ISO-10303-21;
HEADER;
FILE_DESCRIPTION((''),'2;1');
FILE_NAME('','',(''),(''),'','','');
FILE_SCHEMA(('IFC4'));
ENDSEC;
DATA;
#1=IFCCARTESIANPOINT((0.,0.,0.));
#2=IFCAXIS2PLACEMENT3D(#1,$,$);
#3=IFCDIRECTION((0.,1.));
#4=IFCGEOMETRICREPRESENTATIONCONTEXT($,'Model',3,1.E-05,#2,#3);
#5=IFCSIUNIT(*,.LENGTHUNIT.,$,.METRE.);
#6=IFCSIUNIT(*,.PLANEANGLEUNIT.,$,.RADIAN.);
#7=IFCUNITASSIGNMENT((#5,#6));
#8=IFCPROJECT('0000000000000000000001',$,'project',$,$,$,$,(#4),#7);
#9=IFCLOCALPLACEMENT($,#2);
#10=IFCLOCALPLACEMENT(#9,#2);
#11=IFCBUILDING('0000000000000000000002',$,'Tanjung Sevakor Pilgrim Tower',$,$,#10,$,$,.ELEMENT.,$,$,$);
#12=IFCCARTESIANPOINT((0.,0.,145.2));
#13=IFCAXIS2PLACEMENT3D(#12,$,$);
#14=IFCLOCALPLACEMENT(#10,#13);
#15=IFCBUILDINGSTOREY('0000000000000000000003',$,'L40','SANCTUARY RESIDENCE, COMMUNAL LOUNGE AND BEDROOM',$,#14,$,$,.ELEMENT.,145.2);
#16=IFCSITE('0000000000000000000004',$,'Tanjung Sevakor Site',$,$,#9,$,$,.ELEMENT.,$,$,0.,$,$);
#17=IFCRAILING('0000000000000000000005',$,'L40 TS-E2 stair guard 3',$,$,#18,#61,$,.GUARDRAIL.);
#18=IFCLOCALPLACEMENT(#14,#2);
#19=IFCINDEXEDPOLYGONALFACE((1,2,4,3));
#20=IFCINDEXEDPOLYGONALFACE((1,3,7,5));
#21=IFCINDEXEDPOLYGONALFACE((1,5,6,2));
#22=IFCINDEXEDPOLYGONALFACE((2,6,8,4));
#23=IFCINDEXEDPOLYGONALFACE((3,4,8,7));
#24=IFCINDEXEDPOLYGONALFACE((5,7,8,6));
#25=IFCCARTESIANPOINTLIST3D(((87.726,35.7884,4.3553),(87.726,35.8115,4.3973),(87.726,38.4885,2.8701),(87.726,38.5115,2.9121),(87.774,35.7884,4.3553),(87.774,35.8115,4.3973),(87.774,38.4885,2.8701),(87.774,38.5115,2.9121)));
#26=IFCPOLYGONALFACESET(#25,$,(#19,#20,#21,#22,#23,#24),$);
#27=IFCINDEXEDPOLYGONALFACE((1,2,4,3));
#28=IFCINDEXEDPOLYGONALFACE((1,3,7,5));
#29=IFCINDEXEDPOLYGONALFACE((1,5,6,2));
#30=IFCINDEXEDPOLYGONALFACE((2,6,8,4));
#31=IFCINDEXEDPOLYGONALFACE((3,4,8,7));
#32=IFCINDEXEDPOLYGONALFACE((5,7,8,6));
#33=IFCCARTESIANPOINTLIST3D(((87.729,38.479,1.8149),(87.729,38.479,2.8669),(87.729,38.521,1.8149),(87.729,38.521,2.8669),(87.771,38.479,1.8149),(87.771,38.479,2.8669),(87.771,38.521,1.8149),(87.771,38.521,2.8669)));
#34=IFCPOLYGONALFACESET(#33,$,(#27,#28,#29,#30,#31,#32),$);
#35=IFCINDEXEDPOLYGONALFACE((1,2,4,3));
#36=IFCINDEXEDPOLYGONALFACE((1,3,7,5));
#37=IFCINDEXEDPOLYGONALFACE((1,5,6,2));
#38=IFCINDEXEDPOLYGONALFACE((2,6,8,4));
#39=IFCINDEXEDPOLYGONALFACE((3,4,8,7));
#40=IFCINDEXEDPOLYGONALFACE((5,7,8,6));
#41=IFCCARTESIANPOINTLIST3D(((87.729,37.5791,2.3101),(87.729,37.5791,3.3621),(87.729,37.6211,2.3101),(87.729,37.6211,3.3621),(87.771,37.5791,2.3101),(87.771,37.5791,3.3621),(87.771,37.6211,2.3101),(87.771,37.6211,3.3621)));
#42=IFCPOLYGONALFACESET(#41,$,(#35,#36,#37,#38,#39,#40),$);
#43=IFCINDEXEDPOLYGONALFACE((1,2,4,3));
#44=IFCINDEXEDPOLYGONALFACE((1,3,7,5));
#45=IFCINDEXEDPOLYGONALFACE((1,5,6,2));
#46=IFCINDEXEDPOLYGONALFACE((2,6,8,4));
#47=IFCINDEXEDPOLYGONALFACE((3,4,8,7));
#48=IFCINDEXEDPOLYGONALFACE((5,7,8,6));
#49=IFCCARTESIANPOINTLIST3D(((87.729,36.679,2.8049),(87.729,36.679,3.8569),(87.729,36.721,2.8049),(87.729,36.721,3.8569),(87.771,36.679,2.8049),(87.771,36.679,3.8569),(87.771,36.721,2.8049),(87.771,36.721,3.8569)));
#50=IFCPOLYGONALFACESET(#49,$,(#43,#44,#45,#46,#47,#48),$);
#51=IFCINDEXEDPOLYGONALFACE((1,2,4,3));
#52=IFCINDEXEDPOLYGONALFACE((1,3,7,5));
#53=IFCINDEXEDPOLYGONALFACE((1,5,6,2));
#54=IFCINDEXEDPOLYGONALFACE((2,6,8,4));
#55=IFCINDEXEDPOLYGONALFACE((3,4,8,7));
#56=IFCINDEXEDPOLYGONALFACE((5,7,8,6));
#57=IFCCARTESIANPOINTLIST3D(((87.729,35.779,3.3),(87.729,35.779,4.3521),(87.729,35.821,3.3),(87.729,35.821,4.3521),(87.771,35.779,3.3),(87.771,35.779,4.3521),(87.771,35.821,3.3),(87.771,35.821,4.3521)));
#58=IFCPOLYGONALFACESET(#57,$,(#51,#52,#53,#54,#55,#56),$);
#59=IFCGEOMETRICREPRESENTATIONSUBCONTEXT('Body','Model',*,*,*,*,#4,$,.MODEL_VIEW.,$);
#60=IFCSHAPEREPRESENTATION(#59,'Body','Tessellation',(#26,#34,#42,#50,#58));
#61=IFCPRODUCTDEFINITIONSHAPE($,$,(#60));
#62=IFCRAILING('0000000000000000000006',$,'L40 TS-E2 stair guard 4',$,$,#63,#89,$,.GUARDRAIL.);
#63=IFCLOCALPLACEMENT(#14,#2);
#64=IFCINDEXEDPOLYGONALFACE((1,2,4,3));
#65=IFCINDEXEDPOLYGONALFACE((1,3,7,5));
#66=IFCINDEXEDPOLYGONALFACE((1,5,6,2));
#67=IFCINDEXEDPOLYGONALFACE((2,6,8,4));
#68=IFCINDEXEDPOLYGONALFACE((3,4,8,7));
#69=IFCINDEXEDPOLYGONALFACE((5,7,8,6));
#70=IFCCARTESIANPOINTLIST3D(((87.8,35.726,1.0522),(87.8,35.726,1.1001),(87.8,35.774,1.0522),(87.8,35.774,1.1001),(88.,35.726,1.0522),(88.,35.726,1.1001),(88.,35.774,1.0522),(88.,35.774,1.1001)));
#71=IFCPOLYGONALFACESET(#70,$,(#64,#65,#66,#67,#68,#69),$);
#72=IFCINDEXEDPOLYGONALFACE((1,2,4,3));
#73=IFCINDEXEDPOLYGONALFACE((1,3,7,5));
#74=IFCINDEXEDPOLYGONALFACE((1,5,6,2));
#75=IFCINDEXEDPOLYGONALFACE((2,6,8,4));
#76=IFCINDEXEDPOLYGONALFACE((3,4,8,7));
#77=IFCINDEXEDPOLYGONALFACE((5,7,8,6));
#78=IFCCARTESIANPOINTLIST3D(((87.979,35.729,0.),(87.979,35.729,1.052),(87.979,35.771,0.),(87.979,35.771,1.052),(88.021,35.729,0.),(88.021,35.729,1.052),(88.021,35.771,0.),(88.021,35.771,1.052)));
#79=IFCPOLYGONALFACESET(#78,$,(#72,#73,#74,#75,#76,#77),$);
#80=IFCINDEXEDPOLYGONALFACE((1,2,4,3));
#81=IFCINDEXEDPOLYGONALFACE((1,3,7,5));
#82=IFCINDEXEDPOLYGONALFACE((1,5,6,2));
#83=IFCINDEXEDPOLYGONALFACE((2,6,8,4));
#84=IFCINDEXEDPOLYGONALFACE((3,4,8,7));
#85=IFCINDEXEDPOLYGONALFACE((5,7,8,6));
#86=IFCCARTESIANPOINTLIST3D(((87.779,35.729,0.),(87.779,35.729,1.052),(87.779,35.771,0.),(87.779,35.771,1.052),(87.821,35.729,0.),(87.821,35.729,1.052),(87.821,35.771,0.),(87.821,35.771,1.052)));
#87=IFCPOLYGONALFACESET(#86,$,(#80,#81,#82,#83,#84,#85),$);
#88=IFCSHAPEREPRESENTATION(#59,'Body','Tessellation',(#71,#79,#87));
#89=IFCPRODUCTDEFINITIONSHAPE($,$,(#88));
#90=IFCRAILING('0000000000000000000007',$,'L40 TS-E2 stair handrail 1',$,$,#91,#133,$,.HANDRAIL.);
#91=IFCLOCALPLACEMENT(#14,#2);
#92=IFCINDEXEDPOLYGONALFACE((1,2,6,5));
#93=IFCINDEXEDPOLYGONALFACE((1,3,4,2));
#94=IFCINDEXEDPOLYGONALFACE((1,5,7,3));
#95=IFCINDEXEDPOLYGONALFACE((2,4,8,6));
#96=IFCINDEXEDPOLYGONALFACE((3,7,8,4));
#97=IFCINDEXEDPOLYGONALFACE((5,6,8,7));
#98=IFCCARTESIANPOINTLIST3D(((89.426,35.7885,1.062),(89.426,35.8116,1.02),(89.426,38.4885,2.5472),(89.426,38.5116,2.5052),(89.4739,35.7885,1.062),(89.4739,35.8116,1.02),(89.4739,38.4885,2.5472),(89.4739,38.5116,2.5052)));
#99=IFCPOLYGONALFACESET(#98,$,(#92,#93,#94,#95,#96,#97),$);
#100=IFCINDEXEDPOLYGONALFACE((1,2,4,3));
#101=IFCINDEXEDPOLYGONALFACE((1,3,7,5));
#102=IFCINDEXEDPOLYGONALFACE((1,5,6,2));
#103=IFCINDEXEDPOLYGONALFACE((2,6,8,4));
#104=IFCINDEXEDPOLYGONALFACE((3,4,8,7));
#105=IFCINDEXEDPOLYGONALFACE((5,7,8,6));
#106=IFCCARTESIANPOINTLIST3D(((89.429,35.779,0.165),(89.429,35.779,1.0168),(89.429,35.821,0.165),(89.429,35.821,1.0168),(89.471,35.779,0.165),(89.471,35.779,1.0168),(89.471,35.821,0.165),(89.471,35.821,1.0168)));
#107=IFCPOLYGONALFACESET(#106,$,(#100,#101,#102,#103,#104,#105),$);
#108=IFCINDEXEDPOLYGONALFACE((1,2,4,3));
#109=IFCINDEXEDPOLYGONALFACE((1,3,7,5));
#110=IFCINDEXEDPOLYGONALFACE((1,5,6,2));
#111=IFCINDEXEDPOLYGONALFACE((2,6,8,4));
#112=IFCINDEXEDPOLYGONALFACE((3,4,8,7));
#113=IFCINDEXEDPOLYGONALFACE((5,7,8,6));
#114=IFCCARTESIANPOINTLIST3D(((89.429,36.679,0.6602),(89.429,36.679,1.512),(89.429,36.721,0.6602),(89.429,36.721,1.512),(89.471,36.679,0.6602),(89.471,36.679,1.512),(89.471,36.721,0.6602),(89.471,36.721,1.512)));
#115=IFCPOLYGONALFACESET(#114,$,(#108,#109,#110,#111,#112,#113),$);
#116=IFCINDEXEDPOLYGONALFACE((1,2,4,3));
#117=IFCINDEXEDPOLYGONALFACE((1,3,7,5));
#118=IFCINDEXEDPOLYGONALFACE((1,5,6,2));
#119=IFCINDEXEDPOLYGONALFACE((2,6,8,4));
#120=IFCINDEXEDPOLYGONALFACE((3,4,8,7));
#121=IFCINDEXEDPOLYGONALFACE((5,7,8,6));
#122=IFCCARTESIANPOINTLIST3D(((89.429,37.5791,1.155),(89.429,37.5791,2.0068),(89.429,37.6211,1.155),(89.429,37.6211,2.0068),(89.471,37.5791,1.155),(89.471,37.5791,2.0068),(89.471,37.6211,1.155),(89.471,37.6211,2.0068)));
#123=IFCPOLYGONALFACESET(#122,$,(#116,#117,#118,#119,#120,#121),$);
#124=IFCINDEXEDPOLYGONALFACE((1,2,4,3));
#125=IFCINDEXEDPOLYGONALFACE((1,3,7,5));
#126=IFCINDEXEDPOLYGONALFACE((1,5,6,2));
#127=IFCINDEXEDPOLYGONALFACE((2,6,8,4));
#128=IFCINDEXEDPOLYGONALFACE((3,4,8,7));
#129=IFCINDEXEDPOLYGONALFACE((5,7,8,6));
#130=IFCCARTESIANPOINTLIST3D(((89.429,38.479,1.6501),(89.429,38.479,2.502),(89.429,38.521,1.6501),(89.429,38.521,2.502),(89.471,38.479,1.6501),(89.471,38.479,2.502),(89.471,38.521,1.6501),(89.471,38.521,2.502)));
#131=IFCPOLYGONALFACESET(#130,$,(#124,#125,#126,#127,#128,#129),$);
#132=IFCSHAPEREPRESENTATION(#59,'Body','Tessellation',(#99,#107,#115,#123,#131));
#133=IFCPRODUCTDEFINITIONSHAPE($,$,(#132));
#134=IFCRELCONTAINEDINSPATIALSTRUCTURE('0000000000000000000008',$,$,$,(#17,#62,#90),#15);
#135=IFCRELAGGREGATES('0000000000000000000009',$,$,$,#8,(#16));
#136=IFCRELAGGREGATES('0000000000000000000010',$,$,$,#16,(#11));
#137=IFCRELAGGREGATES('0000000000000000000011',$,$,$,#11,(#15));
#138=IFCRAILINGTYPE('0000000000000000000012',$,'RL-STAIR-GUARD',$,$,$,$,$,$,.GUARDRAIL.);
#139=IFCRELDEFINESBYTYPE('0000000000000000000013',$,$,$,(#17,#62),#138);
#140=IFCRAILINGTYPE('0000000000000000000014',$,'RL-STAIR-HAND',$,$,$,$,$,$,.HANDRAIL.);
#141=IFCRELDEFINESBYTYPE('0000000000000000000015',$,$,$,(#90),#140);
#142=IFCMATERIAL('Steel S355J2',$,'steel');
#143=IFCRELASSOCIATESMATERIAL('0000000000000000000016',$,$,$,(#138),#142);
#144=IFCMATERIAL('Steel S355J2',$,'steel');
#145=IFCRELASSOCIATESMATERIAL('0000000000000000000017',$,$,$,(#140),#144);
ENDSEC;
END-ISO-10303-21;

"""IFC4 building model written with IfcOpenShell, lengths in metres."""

from ifc_helpers import new_model, si_unit, direction, frame, origin, place, context, subcontext, project, spatial, rectangle, extrude, material, type_object, element, save


model = new_model("IFC4")

# Units and contexts
model_context = context("Model", 3, precision=1e-05, world=origin(), true_north=direction((0.0, 1.0)))
body_context = subcontext(model_context, "Body", "Model", "MODEL_VIEW")
ifc_project = project(units=[si_unit("LENGTHUNIT", "METRE"), si_unit("PLANEANGLEUNIT", "RADIAN")], contexts=[model_context])

# Site, building, storey
site_placement = place(None, origin())
site = spatial("IfcSite", under=ifc_project, at=site_placement, Name="Tanjung Sevakor Site", CompositionType="ELEMENT", RefElevation=0.0)
building_placement = place(site_placement, origin())
building = spatial("IfcBuilding", under=site, at=building_placement, Name="Tanjung Sevakor Pilgrim Tower", CompositionType="ELEMENT")
storey_placement = place(building_placement, frame((0.0, 0.0, 145.2)))
storey = spatial("IfcBuildingStorey", under=building, at=storey_placement, Name="L40", Description="SANCTUARY RESIDENCE, COMMUNAL LOUNGE AND BEDROOM", CompositionType="ELEMENT", Elevation=145.2)

# Railings
ifc_material_1 = material(Name="Steel S355J2", Category="steel")
railing_type_1 = type_object("IfcRailingType", Name="RL-STAIR-GUARD", PredefinedType="GUARDRAIL", material=ifc_material_1)
railing_1_placement = place(storey_placement, frame((87.75, 38.5, 1.8149)))
element("IfcRailing", 1, at=railing_1_placement, inside=storey, type_object=railing_type_1, Name="L40 TS-E2 stair guard 3", PredefinedType="GUARDRAIL", context=body_context, shape_type="SweptSolid", body=[
    extrude(rectangle(XDim=0.0479, YDim=0.0479), frame((0.0, 0.0, 1.0762), z_axis=(0.0, -0.876198, 0.481952), x_axis=(1.0, 0.0, 0.0)), (0.0, 0.0, 1.0), 3.0815),
    extrude(rectangle(XDim=0.042, YDim=0.042), origin(), (0.0, 0.0, 1.0), 1.052),
    extrude(rectangle(XDim=0.042, YDim=0.042), frame((0.0, -0.8999, 0.4951)), (0.0, 0.0, 1.0), 1.052),
    extrude(rectangle(XDim=0.042, YDim=0.042), frame((0.0, -1.8, 0.99)), (0.0, 0.0, 1.0), 1.052),
    extrude(rectangle(XDim=0.042, YDim=0.042), frame((0.0, -2.7, 1.4851)), (0.0, 0.0, 1.0), 1.052),
])
railing_2_placement = place(storey_placement, frame((88.0, 35.75, 0.0)))
element("IfcRailing", 2, at=railing_2_placement, inside=storey, type_object=railing_type_1, Name="L40 TS-E2 stair guard 4", PredefinedType="GUARDRAIL", context=body_context, shape_type="SweptSolid", body=[
    extrude(rectangle(XDim=0.0479, YDim=0.0479), frame((0.0, 0.0, 1.0762), z_axis=(-1.0, 0.0, 0.0), x_axis=(0.0, -1.0, 0.0)), (0.0, 0.0, 1.0), 0.2),
    extrude(rectangle(XDim=0.042, YDim=0.042), origin(), (0.0, 0.0, 1.0), 1.052),
    extrude(rectangle(XDim=0.042, YDim=0.042), frame((-0.2, 0.0, 0.0)), (0.0, 0.0, 1.0), 1.052),
])
ifc_material_2 = material(Name="Steel S355J2", Category="steel")
railing_type_2 = type_object("IfcRailingType", Name="RL-STAIR-HAND", PredefinedType="HANDRAIL", material=ifc_material_2)
railing_3_placement = place(storey_placement, frame((89.45, 35.8, 0.165)))
element("IfcRailing", 3, at=railing_3_placement, inside=storey, type_object=railing_type_2, Name="L40 TS-E2 stair handrail 1", PredefinedType="HANDRAIL", context=body_context, shape_type="SweptSolid", body=[
    extrude(rectangle(XDim=0.0479, YDim=0.0479), frame((0.0, 0.0, 0.876), z_axis=(0.0, 0.876198, 0.481952), x_axis=(-1.0, 0.0, 0.0)), (0.0, 0.0, 1.0), 3.0815),
    extrude(rectangle(XDim=0.042, YDim=0.042), origin(), (0.0, 0.0, 1.0), 0.8518),
    extrude(rectangle(XDim=0.042, YDim=0.042), frame((0.0, 0.8999, 0.4951)), (0.0, 0.0, 1.0), 0.8518),
    extrude(rectangle(XDim=0.042, YDim=0.042), frame((0.0, 1.8, 0.99)), (0.0, 0.0, 1.0), 0.8518),
    extrude(rectangle(XDim=0.042, YDim=0.042), frame((0.0, 2.7, 1.4851)), (0.0, 0.0, 1.0), 0.8518),
])

save(model, "model.ifc")
